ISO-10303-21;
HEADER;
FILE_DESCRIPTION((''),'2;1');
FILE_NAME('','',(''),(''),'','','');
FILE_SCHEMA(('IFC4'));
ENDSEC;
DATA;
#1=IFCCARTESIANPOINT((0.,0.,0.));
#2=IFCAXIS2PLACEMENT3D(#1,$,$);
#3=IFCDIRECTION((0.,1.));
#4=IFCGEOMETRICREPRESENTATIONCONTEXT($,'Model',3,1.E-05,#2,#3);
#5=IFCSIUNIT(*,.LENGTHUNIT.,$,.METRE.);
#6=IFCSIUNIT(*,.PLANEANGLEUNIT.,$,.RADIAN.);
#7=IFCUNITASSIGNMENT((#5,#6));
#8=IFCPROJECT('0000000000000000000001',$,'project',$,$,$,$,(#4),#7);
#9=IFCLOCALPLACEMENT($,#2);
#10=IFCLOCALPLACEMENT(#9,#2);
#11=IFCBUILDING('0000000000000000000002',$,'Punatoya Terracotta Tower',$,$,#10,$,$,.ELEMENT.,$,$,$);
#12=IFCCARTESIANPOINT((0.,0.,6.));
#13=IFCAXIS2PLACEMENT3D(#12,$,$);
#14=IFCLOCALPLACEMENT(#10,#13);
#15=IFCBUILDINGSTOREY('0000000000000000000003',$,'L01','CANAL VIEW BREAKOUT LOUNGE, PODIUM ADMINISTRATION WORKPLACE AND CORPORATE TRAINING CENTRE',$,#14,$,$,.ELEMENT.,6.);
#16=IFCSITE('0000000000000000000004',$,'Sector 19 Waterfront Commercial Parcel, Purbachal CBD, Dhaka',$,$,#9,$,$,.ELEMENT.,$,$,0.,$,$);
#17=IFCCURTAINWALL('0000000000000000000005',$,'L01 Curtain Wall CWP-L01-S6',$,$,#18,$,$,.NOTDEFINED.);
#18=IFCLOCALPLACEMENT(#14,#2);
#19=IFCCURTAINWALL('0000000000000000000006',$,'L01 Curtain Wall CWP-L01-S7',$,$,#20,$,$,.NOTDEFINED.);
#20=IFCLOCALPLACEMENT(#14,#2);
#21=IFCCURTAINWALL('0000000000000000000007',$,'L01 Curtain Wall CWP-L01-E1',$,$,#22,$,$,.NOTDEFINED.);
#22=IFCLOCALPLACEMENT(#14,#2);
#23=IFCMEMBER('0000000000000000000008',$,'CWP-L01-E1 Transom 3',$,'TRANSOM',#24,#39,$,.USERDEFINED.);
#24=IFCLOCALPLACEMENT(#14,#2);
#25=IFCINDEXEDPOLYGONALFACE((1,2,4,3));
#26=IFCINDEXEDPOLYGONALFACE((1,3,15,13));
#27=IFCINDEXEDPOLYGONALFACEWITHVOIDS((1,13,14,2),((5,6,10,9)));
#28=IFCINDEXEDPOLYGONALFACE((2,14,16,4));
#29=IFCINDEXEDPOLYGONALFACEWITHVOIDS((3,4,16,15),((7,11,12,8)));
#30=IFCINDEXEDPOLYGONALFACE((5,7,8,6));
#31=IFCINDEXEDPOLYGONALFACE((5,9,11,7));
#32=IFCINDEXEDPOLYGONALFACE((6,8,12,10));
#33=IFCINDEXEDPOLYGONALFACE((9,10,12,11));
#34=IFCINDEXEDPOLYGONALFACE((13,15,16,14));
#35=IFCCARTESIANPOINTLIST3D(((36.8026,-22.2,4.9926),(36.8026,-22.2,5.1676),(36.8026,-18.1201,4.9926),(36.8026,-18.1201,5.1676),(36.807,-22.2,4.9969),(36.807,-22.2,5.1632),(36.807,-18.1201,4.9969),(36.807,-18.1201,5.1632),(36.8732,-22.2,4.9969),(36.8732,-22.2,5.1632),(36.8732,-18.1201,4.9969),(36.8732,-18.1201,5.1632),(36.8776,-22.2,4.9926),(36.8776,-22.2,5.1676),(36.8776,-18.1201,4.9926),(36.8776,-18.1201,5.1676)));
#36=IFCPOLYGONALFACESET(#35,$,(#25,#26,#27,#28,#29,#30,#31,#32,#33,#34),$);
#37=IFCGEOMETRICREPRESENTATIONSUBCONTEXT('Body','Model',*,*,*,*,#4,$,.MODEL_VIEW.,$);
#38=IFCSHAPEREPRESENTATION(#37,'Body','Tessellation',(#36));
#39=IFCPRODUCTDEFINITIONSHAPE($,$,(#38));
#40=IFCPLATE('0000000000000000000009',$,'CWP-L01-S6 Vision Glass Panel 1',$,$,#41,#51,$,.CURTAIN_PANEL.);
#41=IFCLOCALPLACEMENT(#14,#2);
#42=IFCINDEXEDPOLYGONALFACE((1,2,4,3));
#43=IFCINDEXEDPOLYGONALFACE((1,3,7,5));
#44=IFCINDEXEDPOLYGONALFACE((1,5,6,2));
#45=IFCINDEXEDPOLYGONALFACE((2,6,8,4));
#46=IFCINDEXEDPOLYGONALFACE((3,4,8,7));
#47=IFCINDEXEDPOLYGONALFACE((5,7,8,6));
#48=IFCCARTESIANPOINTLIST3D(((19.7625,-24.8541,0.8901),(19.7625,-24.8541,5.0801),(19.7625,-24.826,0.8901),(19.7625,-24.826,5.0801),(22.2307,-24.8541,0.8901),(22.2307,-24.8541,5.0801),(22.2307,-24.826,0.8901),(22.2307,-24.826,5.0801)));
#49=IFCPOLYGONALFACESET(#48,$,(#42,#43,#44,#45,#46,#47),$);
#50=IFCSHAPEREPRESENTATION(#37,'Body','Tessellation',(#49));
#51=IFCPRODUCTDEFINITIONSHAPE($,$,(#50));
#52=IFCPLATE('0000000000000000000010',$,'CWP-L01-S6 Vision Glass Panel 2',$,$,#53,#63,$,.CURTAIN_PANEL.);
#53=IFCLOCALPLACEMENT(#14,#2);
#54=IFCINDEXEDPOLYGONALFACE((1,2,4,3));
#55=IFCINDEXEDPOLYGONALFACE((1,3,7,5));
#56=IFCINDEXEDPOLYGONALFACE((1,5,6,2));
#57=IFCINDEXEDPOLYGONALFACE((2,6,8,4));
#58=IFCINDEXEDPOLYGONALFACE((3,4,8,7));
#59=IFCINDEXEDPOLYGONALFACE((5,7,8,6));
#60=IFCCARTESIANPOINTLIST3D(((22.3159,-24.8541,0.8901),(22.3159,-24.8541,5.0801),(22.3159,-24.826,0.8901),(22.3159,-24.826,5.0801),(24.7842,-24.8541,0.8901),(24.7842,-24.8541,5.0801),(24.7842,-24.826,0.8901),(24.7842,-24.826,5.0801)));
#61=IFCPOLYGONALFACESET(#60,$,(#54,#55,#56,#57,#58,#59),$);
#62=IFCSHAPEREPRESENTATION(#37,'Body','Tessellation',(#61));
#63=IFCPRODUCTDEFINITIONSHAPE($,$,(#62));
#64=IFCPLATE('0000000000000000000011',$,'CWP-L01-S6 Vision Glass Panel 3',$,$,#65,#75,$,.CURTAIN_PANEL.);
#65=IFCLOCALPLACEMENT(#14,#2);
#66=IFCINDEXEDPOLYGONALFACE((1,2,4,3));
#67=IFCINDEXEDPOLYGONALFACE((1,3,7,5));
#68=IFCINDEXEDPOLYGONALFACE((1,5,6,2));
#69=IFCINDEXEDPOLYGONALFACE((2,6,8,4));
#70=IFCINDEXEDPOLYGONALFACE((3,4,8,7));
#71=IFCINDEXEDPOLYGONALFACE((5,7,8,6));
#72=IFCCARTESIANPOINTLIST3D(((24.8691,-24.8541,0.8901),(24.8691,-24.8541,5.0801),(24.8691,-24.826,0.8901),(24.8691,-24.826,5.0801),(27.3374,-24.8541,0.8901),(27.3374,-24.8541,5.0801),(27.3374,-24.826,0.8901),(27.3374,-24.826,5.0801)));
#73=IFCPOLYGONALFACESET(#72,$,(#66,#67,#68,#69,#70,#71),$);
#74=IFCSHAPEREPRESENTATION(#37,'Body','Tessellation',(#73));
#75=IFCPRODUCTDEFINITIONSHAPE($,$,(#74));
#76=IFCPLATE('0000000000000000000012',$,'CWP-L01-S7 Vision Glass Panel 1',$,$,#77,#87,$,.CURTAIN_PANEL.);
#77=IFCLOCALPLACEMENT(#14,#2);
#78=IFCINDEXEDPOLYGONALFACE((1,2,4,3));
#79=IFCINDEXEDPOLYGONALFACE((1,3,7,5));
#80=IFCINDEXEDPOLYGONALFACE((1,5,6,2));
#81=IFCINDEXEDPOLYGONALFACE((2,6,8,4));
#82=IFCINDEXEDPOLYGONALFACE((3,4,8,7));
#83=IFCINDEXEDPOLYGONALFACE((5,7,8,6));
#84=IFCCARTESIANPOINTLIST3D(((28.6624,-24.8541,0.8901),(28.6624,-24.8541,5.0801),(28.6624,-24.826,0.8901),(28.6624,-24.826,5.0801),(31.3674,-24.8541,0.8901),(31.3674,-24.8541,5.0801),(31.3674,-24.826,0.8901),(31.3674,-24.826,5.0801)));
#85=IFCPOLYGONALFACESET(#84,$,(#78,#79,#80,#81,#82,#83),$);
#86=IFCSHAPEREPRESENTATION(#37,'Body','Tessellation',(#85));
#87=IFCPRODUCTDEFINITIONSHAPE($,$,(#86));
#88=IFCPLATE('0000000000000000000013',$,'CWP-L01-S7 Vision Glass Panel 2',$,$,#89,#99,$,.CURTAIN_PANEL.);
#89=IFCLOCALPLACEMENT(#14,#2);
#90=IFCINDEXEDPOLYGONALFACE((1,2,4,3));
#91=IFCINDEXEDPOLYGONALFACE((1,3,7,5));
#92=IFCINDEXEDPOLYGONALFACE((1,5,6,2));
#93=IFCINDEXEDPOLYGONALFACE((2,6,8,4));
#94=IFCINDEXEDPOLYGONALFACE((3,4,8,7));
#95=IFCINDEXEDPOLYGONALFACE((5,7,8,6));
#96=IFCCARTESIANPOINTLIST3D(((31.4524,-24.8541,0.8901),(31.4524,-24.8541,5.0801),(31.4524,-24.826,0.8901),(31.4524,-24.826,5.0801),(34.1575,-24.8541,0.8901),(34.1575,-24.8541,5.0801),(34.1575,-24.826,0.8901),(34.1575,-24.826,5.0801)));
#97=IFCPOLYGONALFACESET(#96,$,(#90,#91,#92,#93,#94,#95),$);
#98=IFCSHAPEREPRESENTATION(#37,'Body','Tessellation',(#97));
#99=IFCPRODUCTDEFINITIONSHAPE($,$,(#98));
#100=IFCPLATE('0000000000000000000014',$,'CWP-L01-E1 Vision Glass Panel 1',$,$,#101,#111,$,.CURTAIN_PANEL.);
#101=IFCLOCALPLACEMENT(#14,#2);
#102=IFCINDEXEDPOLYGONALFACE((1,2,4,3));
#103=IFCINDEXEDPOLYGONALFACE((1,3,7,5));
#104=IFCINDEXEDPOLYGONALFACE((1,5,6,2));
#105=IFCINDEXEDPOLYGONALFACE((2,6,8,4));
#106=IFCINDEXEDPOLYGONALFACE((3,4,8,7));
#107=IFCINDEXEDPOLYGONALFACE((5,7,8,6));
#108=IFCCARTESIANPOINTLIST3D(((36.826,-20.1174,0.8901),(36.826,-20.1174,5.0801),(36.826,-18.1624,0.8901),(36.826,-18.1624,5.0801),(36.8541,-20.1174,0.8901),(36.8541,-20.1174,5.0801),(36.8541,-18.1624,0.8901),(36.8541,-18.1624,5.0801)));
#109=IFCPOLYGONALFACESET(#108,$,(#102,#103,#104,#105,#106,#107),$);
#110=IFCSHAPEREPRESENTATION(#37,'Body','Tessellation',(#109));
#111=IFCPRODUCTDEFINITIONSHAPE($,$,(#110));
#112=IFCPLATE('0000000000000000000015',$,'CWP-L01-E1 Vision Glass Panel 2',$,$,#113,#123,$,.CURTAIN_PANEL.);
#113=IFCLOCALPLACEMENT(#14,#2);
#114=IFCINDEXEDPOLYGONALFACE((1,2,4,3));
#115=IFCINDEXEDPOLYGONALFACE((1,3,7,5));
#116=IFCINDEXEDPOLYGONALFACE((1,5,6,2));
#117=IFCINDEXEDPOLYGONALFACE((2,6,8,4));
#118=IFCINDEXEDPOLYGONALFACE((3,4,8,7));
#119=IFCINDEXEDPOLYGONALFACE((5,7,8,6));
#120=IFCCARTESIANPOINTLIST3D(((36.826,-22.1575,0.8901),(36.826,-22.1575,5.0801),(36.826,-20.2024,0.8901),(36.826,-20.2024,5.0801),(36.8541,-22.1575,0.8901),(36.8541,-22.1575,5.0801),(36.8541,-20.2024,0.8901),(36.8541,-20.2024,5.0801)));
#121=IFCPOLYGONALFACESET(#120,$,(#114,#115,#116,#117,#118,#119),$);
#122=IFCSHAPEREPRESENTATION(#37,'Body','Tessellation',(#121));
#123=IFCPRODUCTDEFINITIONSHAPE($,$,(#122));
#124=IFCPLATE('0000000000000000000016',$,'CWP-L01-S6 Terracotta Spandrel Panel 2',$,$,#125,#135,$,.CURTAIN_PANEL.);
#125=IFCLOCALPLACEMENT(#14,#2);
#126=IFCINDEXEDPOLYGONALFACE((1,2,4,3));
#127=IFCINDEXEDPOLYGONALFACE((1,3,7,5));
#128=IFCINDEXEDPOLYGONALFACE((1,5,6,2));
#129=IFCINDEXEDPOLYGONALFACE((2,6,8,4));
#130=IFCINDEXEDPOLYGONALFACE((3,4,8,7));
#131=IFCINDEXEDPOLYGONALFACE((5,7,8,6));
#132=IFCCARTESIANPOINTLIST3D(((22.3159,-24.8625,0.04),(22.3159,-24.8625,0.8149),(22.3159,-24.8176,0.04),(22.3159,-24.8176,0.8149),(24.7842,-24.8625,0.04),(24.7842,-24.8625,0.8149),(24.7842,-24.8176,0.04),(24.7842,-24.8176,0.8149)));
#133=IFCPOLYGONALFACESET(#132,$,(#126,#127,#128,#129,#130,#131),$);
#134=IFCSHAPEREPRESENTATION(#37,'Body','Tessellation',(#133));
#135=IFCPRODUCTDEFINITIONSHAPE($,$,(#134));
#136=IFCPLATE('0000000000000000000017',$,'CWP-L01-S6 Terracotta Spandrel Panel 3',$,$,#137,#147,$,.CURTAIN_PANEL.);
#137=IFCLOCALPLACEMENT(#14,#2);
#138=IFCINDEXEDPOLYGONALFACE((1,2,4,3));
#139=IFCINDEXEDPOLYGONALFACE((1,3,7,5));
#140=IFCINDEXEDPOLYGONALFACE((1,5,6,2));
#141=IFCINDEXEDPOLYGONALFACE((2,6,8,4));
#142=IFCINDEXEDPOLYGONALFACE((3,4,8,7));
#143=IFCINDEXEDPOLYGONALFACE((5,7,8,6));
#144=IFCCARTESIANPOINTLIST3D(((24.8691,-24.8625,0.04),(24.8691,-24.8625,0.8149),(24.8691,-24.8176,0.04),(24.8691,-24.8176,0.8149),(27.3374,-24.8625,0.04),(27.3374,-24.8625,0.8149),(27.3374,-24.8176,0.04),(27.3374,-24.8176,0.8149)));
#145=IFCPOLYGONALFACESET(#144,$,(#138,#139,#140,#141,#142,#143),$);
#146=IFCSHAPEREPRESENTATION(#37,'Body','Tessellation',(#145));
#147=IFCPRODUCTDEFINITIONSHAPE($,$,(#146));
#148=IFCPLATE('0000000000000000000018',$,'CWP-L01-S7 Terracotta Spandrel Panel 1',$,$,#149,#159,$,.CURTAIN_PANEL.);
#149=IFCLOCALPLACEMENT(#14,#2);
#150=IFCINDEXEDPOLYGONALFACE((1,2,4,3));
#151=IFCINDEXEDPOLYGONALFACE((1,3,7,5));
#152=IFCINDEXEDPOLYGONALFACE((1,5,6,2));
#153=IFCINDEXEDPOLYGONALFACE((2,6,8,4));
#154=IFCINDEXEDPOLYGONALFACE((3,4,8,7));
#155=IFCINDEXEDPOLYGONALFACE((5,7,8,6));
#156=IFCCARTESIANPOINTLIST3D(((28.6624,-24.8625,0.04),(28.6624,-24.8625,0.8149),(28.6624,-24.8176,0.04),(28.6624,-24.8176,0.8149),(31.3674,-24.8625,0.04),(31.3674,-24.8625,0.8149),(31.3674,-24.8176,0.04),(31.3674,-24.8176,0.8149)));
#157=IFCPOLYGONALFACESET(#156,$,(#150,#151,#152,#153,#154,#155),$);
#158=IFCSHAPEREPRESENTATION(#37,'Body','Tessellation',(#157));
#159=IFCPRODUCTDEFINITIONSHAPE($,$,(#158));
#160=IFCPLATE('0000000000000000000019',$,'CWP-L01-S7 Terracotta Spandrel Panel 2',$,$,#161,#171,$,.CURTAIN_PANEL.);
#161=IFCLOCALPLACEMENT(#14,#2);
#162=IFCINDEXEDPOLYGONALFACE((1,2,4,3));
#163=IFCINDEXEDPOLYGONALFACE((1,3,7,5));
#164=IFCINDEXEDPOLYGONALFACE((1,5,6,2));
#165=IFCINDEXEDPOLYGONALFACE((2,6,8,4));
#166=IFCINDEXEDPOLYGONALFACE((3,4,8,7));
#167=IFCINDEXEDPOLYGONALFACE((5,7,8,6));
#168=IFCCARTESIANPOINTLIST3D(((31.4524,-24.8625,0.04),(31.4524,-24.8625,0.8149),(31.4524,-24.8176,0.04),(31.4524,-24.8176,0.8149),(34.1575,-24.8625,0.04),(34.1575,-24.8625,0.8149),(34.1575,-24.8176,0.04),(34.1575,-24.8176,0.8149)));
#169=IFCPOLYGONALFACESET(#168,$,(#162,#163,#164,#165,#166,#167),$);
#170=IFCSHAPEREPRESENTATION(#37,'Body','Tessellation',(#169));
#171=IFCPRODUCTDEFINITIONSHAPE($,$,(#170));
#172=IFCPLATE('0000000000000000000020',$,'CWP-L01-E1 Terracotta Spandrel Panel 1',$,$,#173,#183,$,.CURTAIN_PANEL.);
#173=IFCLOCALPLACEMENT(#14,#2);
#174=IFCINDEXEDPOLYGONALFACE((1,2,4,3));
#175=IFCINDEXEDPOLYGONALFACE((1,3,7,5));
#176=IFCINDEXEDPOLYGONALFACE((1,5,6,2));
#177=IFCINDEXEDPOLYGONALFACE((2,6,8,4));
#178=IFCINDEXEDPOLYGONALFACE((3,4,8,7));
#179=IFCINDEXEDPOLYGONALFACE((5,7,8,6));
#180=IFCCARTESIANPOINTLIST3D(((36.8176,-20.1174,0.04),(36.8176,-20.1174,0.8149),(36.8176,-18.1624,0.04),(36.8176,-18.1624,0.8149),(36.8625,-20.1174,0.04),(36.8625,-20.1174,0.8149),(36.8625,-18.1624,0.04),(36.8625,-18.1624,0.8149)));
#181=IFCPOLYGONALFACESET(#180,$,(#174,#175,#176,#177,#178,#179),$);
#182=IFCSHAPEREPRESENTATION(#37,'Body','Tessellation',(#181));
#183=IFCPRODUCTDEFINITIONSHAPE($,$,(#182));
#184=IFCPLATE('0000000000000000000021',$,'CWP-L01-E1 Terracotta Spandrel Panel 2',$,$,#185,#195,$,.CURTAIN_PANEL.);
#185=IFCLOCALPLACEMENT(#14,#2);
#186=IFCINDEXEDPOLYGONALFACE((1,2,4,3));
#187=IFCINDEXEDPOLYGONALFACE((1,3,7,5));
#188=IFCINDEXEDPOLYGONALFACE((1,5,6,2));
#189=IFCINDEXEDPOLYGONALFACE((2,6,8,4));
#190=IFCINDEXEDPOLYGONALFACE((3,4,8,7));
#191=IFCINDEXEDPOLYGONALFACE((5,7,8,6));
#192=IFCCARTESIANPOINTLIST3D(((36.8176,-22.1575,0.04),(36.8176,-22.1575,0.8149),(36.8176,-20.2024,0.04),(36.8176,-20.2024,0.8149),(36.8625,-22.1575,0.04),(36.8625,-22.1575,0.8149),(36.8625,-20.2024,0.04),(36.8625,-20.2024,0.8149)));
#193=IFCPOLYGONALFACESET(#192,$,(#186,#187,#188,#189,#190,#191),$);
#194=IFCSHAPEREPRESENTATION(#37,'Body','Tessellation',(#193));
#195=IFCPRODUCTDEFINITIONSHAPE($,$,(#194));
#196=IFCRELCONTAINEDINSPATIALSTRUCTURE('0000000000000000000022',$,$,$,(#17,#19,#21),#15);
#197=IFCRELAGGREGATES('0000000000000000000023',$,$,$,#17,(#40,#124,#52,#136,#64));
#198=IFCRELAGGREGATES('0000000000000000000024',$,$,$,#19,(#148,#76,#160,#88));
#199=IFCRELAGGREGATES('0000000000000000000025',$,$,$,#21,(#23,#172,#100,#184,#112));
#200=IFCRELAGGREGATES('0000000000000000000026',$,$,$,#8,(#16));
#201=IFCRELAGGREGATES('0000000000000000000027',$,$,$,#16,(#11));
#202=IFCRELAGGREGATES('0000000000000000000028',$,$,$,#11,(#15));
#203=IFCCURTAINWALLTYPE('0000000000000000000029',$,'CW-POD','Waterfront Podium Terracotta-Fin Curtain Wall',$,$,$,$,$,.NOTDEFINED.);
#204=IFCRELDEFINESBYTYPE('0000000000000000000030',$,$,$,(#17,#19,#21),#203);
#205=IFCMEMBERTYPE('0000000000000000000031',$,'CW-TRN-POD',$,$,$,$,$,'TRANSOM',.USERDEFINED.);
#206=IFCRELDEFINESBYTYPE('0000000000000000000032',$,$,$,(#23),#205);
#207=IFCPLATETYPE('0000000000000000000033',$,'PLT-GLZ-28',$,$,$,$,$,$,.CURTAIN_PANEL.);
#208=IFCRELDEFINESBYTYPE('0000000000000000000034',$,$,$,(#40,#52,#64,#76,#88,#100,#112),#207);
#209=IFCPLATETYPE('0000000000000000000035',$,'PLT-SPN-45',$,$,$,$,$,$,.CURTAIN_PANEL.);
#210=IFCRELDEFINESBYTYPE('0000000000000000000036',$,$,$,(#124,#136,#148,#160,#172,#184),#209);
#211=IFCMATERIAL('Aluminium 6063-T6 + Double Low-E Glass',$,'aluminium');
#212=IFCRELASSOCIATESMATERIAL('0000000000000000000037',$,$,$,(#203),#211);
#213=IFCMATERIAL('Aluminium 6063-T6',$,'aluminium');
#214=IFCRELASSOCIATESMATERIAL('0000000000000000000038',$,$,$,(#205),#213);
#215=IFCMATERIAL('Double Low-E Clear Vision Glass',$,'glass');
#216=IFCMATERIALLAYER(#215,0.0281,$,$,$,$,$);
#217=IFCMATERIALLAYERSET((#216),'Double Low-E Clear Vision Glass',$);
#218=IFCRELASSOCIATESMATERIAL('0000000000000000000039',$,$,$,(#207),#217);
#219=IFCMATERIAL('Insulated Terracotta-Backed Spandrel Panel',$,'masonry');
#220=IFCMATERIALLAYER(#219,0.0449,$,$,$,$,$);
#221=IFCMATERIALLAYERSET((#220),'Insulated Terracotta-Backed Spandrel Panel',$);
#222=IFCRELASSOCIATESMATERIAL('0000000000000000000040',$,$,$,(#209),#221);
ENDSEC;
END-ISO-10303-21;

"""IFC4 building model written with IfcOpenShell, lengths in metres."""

from ifc_helpers import new_model, si_unit, direction, frame, origin, origin_2d, place, context, subcontext, project, spatial, rectangle, hollow_rectangle, extrude, material, layer, layer_set, material_profile, profile_set, type_object, element, aggregate, save


model = new_model("IFC4")

# Units and contexts
model_context = context("Model", 3, precision=1e-05, world=origin(), true_north=direction((0.0, 1.0)))
body_context = subcontext(model_context, "Body", "Model", "MODEL_VIEW")
ifc_project = project(units=[si_unit("LENGTHUNIT", "METRE"), si_unit("PLANEANGLEUNIT", "RADIAN")], contexts=[model_context])

# Site, building, storey
site_placement = place(None, origin())
site = spatial("IfcSite", under=ifc_project, at=site_placement, Name="Sector 19 Waterfront Commercial Parcel, Purbachal CBD, Dhaka", CompositionType="ELEMENT", RefElevation=0.0)
building_placement = place(site_placement, origin())
building = spatial("IfcBuilding", under=site, at=building_placement, Name="Punatoya Terracotta Tower", CompositionType="ELEMENT")
storey_placement = place(building_placement, frame((0.0, 0.0, 6.0)))
storey = spatial("IfcBuildingStorey", under=building, at=storey_placement, Name="L01", Description="CANAL VIEW BREAKOUT LOUNGE, PODIUM ADMINISTRATION WORKPLACE AND CORPORATE TRAINING CENTRE", CompositionType="ELEMENT", Elevation=6.0)

# Curtain walls
ifc_material_1 = material(Name="Aluminium 6063-T6 + Double Low-E Glass", Category="aluminium")
curtain_wall_type = type_object("IfcCurtainWallType", Name="CW-POD", Description="Waterfront Podium Terracotta-Fin Curtain Wall", PredefinedType="NOTDEFINED", material=ifc_material_1)
curtain_wall_1_placement = place(storey_placement, origin())
curtain_wall_1 = element("IfcCurtainWall", 1, at=curtain_wall_1_placement, inside=storey, type_object=curtain_wall_type, Name="L01 Curtain Wall CWP-L01-S6", PredefinedType="NOTDEFINED")
ifc_material_2 = material(Name="Aluminium 6063-T6", Category="aluminium")
curtain_wall_2_placement = place(storey_placement, origin())
curtain_wall_2 = element("IfcCurtainWall", 2, at=curtain_wall_2_placement, inside=storey, type_object=curtain_wall_type, Name="L01 Curtain Wall CWP-L01-S7", PredefinedType="NOTDEFINED")
curtain_wall_3_placement = place(storey_placement, origin())
curtain_wall_3 = element("IfcCurtainWall", 3, at=curtain_wall_3_placement, inside=storey, type_object=curtain_wall_type, Name="L01 Curtain Wall CWP-L01-E1", PredefinedType="NOTDEFINED")

# Member
ifc_material_profile_1 = material_profile(ifc_material_2, hollow_rectangle(XDim=0.075, YDim=0.175, WallThickness=0.0044, at=origin_2d()))
ifc_profile_set_1 = profile_set([ifc_material_profile_1], Name="Aluminium 6063-T6")
member_type_1 = type_object("IfcMemberType", Name="CW-TRN-POD", ElementType="TRANSOM", PredefinedType="USERDEFINED", material=ifc_profile_set_1)
member_1_placement = place(storey_placement, frame((36.8401, -18.1201, 5.0801), z_axis=(0.0, -1.0, 0.0), x_axis=(1.0, 0.0, 0.0)))
member_1 = element("IfcMember", 4, at=member_1_placement, type_object=member_type_1, Name="CWP-L01-E1 Transom 3", ObjectType="TRANSOM", PredefinedType="USERDEFINED", context=body_context, shape_type="SweptSolid", body=[
    extrude(hollow_rectangle(XDim=0.075, YDim=0.175, WallThickness=0.0044, at=origin_2d()), origin(), (0.0, 0.0, 1.0), 4.0798),
])

# Plates
ifc_material_3 = material(Name="Double Low-E Clear Vision Glass", Category="glass")
ifc_layer_1 = layer(ifc_material_3, 0.0281)
ifc_layer_set_1 = layer_set([ifc_layer_1], Name="Double Low-E Clear Vision Glass")
plate_type_1 = type_object("IfcPlateType", Name="PLT-GLZ-28", PredefinedType="CURTAIN_PANEL", material=ifc_layer_set_1)
plate_1_placement = place(storey_placement, frame((20.9966, -24.8401, 0.8901), z_axis=(0.0, 0.0, 1.0), x_axis=(1.0, 0.0, 0.0)))
plate_1 = element("IfcPlate", 5, at=plate_1_placement, type_object=plate_type_1, Name="CWP-L01-S6 Vision Glass Panel 1", PredefinedType="CURTAIN_PANEL", context=body_context, shape_type="SweptSolid", body=[
    extrude(rectangle(XDim=2.4683, YDim=0.0281, at=origin_2d()), origin(), (0.0, 0.0, 1.0), 4.1899),
])
plate_2_placement = place(storey_placement, frame((23.55, -24.8401, 0.8901), z_axis=(0.0, 0.0, 1.0), x_axis=(1.0, 0.0, 0.0)))
plate_2 = element("IfcPlate", 6, at=plate_2_placement, type_object=plate_type_1, Name="CWP-L01-S6 Vision Glass Panel 2", PredefinedType="CURTAIN_PANEL", context=body_context, shape_type="SweptSolid", body=[
    extrude(rectangle(XDim=2.4683, YDim=0.0281, at=origin_2d()), origin(), (0.0, 0.0, 1.0), 4.1899),
])
plate_3_placement = place(storey_placement, frame((26.1033, -24.8401, 0.8901), z_axis=(0.0, 0.0, 1.0), x_axis=(1.0, 0.0, 0.0)))
plate_3 = element("IfcPlate", 7, at=plate_3_placement, type_object=plate_type_1, Name="CWP-L01-S6 Vision Glass Panel 3", PredefinedType="CURTAIN_PANEL", context=body_context, shape_type="SweptSolid", body=[
    extrude(rectangle(XDim=2.4683, YDim=0.0281, at=origin_2d()), origin(), (0.0, 0.0, 1.0), 4.1899),
])
plate_4_placement = place(storey_placement, frame((30.0149, -24.8401, 0.8901), z_axis=(0.0, 0.0, 1.0), x_axis=(1.0, 0.0, 0.0)))
plate_4 = element("IfcPlate", 8, at=plate_4_placement, type_object=plate_type_1, Name="CWP-L01-S7 Vision Glass Panel 1", PredefinedType="CURTAIN_PANEL", context=body_context, shape_type="SweptSolid", body=[
    extrude(rectangle(XDim=2.7051, YDim=0.0281, at=origin_2d()), origin(), (0.0, 0.0, 1.0), 4.1899),
])
plate_5_placement = place(storey_placement, frame((32.8049, -24.8401, 0.8901), z_axis=(0.0, 0.0, 1.0), x_axis=(1.0, 0.0, 0.0)))
plate_5 = element("IfcPlate", 9, at=plate_5_placement, type_object=plate_type_1, Name="CWP-L01-S7 Vision Glass Panel 2", PredefinedType="CURTAIN_PANEL", context=body_context, shape_type="SweptSolid", body=[
    extrude(rectangle(XDim=2.7051, YDim=0.0281, at=origin_2d()), origin(), (0.0, 0.0, 1.0), 4.1899),
])
plate_6_placement = place(storey_placement, frame((36.8401, -19.1399, 0.8901), z_axis=(0.0, 0.0, 1.0), x_axis=(0.0, -1.0, 0.0)))
plate_6 = element("IfcPlate", 10, at=plate_6_placement, type_object=plate_type_1, Name="CWP-L01-E1 Vision Glass Panel 1", PredefinedType="CURTAIN_PANEL", context=body_context, shape_type="SweptSolid", body=[
    extrude(rectangle(XDim=1.9551, YDim=0.0281, at=origin_2d()), origin(), (0.0, 0.0, 1.0), 4.1899),
])
plate_7_placement = place(storey_placement, frame((36.8401, -21.1799, 0.8901), z_axis=(0.0, 0.0, 1.0), x_axis=(0.0, -1.0, 0.0)))
plate_7 = element("IfcPlate", 11, at=plate_7_placement, type_object=plate_type_1, Name="CWP-L01-E1 Vision Glass Panel 2", PredefinedType="CURTAIN_PANEL", context=body_context, shape_type="SweptSolid", body=[
    extrude(rectangle(XDim=1.9551, YDim=0.0281, at=origin_2d()), origin(), (0.0, 0.0, 1.0), 4.1899),
])
ifc_material_4 = material(Name="Insulated Terracotta-Backed Spandrel Panel", Category="masonry")
ifc_layer_2 = layer(ifc_material_4, 0.0449)
ifc_layer_set_2 = layer_set([ifc_layer_2], Name="Insulated Terracotta-Backed Spandrel Panel")
plate_type_2 = type_object("IfcPlateType", Name="PLT-SPN-45", PredefinedType="CURTAIN_PANEL", material=ifc_layer_set_2)
plate_8_placement = place(storey_placement, frame((23.55, -24.8401, 0.04), z_axis=(0.0, 0.0, 1.0), x_axis=(1.0, 0.0, 0.0)))
plate_8 = element("IfcPlate", 12, at=plate_8_placement, type_object=plate_type_2, Name="CWP-L01-S6 Terracotta Spandrel Panel 2", PredefinedType="CURTAIN_PANEL", context=body_context, shape_type="SweptSolid", body=[
    extrude(rectangle(XDim=2.4683, YDim=0.0449, at=origin_2d()), origin(), (0.0, 0.0, 1.0), 0.7749),
])
plate_9_placement = place(storey_placement, frame((26.1033, -24.8401, 0.04), z_axis=(0.0, 0.0, 1.0), x_axis=(1.0, 0.0, 0.0)))
plate_9 = element("IfcPlate", 13, at=plate_9_placement, type_object=plate_type_2, Name="CWP-L01-S6 Terracotta Spandrel Panel 3", PredefinedType="CURTAIN_PANEL", context=body_context, shape_type="SweptSolid", body=[
    extrude(rectangle(XDim=2.4683, YDim=0.0449, at=origin_2d()), origin(), (0.0, 0.0, 1.0), 0.7749),
])
aggregate(curtain_wall_1, [plate_1, plate_8, plate_2, plate_9, plate_3])
plate_10_placement = place(storey_placement, frame((30.0149, -24.8401, 0.04), z_axis=(0.0, 0.0, 1.0), x_axis=(1.0, 0.0, 0.0)))
plate_10 = element("IfcPlate", 14, at=plate_10_placement, type_object=plate_type_2, Name="CWP-L01-S7 Terracotta Spandrel Panel 1", PredefinedType="CURTAIN_PANEL", context=body_context, shape_type="SweptSolid", body=[
    extrude(rectangle(XDim=2.7051, YDim=0.0449, at=origin_2d()), origin(), (0.0, 0.0, 1.0), 0.7749),
])
plate_11_placement = place(storey_placement, frame((32.8049, -24.8401, 0.04), z_axis=(0.0, 0.0, 1.0), x_axis=(1.0, 0.0, 0.0)))
plate_11 = element("IfcPlate", 15, at=plate_11_placement, type_object=plate_type_2, Name="CWP-L01-S7 Terracotta Spandrel Panel 2", PredefinedType="CURTAIN_PANEL", context=body_context, shape_type="SweptSolid", body=[
    extrude(rectangle(XDim=2.7051, YDim=0.0449, at=origin_2d()), origin(), (0.0, 0.0, 1.0), 0.7749),
])
aggregate(curtain_wall_2, [plate_10, plate_4, plate_11, plate_5])
plate_12_placement = place(storey_placement, frame((36.8401, -19.1399, 0.04), z_axis=(0.0, 0.0, 1.0), x_axis=(0.0, -1.0, 0.0)))
plate_12 = element("IfcPlate", 16, at=plate_12_placement, type_object=plate_type_2, Name="CWP-L01-E1 Terracotta Spandrel Panel 1", PredefinedType="CURTAIN_PANEL", context=body_context, shape_type="SweptSolid", body=[
    extrude(rectangle(XDim=1.9551, YDim=0.0449, at=origin_2d()), origin(), (0.0, 0.0, 1.0), 0.7749),
])
plate_13_placement = place(storey_placement, frame((36.8401, -21.1799, 0.04), z_axis=(0.0, 0.0, 1.0), x_axis=(0.0, -1.0, 0.0)))
plate_13 = element("IfcPlate", 17, at=plate_13_placement, type_object=plate_type_2, Name="CWP-L01-E1 Terracotta Spandrel Panel 2", PredefinedType="CURTAIN_PANEL", context=body_context, shape_type="SweptSolid", body=[
    extrude(rectangle(XDim=1.9551, YDim=0.0449, at=origin_2d()), origin(), (0.0, 0.0, 1.0), 0.7749),
])
aggregate(curtain_wall_3, [member_1, plate_12, plate_6, plate_13, plate_7])

save(model, "model.ifc")
